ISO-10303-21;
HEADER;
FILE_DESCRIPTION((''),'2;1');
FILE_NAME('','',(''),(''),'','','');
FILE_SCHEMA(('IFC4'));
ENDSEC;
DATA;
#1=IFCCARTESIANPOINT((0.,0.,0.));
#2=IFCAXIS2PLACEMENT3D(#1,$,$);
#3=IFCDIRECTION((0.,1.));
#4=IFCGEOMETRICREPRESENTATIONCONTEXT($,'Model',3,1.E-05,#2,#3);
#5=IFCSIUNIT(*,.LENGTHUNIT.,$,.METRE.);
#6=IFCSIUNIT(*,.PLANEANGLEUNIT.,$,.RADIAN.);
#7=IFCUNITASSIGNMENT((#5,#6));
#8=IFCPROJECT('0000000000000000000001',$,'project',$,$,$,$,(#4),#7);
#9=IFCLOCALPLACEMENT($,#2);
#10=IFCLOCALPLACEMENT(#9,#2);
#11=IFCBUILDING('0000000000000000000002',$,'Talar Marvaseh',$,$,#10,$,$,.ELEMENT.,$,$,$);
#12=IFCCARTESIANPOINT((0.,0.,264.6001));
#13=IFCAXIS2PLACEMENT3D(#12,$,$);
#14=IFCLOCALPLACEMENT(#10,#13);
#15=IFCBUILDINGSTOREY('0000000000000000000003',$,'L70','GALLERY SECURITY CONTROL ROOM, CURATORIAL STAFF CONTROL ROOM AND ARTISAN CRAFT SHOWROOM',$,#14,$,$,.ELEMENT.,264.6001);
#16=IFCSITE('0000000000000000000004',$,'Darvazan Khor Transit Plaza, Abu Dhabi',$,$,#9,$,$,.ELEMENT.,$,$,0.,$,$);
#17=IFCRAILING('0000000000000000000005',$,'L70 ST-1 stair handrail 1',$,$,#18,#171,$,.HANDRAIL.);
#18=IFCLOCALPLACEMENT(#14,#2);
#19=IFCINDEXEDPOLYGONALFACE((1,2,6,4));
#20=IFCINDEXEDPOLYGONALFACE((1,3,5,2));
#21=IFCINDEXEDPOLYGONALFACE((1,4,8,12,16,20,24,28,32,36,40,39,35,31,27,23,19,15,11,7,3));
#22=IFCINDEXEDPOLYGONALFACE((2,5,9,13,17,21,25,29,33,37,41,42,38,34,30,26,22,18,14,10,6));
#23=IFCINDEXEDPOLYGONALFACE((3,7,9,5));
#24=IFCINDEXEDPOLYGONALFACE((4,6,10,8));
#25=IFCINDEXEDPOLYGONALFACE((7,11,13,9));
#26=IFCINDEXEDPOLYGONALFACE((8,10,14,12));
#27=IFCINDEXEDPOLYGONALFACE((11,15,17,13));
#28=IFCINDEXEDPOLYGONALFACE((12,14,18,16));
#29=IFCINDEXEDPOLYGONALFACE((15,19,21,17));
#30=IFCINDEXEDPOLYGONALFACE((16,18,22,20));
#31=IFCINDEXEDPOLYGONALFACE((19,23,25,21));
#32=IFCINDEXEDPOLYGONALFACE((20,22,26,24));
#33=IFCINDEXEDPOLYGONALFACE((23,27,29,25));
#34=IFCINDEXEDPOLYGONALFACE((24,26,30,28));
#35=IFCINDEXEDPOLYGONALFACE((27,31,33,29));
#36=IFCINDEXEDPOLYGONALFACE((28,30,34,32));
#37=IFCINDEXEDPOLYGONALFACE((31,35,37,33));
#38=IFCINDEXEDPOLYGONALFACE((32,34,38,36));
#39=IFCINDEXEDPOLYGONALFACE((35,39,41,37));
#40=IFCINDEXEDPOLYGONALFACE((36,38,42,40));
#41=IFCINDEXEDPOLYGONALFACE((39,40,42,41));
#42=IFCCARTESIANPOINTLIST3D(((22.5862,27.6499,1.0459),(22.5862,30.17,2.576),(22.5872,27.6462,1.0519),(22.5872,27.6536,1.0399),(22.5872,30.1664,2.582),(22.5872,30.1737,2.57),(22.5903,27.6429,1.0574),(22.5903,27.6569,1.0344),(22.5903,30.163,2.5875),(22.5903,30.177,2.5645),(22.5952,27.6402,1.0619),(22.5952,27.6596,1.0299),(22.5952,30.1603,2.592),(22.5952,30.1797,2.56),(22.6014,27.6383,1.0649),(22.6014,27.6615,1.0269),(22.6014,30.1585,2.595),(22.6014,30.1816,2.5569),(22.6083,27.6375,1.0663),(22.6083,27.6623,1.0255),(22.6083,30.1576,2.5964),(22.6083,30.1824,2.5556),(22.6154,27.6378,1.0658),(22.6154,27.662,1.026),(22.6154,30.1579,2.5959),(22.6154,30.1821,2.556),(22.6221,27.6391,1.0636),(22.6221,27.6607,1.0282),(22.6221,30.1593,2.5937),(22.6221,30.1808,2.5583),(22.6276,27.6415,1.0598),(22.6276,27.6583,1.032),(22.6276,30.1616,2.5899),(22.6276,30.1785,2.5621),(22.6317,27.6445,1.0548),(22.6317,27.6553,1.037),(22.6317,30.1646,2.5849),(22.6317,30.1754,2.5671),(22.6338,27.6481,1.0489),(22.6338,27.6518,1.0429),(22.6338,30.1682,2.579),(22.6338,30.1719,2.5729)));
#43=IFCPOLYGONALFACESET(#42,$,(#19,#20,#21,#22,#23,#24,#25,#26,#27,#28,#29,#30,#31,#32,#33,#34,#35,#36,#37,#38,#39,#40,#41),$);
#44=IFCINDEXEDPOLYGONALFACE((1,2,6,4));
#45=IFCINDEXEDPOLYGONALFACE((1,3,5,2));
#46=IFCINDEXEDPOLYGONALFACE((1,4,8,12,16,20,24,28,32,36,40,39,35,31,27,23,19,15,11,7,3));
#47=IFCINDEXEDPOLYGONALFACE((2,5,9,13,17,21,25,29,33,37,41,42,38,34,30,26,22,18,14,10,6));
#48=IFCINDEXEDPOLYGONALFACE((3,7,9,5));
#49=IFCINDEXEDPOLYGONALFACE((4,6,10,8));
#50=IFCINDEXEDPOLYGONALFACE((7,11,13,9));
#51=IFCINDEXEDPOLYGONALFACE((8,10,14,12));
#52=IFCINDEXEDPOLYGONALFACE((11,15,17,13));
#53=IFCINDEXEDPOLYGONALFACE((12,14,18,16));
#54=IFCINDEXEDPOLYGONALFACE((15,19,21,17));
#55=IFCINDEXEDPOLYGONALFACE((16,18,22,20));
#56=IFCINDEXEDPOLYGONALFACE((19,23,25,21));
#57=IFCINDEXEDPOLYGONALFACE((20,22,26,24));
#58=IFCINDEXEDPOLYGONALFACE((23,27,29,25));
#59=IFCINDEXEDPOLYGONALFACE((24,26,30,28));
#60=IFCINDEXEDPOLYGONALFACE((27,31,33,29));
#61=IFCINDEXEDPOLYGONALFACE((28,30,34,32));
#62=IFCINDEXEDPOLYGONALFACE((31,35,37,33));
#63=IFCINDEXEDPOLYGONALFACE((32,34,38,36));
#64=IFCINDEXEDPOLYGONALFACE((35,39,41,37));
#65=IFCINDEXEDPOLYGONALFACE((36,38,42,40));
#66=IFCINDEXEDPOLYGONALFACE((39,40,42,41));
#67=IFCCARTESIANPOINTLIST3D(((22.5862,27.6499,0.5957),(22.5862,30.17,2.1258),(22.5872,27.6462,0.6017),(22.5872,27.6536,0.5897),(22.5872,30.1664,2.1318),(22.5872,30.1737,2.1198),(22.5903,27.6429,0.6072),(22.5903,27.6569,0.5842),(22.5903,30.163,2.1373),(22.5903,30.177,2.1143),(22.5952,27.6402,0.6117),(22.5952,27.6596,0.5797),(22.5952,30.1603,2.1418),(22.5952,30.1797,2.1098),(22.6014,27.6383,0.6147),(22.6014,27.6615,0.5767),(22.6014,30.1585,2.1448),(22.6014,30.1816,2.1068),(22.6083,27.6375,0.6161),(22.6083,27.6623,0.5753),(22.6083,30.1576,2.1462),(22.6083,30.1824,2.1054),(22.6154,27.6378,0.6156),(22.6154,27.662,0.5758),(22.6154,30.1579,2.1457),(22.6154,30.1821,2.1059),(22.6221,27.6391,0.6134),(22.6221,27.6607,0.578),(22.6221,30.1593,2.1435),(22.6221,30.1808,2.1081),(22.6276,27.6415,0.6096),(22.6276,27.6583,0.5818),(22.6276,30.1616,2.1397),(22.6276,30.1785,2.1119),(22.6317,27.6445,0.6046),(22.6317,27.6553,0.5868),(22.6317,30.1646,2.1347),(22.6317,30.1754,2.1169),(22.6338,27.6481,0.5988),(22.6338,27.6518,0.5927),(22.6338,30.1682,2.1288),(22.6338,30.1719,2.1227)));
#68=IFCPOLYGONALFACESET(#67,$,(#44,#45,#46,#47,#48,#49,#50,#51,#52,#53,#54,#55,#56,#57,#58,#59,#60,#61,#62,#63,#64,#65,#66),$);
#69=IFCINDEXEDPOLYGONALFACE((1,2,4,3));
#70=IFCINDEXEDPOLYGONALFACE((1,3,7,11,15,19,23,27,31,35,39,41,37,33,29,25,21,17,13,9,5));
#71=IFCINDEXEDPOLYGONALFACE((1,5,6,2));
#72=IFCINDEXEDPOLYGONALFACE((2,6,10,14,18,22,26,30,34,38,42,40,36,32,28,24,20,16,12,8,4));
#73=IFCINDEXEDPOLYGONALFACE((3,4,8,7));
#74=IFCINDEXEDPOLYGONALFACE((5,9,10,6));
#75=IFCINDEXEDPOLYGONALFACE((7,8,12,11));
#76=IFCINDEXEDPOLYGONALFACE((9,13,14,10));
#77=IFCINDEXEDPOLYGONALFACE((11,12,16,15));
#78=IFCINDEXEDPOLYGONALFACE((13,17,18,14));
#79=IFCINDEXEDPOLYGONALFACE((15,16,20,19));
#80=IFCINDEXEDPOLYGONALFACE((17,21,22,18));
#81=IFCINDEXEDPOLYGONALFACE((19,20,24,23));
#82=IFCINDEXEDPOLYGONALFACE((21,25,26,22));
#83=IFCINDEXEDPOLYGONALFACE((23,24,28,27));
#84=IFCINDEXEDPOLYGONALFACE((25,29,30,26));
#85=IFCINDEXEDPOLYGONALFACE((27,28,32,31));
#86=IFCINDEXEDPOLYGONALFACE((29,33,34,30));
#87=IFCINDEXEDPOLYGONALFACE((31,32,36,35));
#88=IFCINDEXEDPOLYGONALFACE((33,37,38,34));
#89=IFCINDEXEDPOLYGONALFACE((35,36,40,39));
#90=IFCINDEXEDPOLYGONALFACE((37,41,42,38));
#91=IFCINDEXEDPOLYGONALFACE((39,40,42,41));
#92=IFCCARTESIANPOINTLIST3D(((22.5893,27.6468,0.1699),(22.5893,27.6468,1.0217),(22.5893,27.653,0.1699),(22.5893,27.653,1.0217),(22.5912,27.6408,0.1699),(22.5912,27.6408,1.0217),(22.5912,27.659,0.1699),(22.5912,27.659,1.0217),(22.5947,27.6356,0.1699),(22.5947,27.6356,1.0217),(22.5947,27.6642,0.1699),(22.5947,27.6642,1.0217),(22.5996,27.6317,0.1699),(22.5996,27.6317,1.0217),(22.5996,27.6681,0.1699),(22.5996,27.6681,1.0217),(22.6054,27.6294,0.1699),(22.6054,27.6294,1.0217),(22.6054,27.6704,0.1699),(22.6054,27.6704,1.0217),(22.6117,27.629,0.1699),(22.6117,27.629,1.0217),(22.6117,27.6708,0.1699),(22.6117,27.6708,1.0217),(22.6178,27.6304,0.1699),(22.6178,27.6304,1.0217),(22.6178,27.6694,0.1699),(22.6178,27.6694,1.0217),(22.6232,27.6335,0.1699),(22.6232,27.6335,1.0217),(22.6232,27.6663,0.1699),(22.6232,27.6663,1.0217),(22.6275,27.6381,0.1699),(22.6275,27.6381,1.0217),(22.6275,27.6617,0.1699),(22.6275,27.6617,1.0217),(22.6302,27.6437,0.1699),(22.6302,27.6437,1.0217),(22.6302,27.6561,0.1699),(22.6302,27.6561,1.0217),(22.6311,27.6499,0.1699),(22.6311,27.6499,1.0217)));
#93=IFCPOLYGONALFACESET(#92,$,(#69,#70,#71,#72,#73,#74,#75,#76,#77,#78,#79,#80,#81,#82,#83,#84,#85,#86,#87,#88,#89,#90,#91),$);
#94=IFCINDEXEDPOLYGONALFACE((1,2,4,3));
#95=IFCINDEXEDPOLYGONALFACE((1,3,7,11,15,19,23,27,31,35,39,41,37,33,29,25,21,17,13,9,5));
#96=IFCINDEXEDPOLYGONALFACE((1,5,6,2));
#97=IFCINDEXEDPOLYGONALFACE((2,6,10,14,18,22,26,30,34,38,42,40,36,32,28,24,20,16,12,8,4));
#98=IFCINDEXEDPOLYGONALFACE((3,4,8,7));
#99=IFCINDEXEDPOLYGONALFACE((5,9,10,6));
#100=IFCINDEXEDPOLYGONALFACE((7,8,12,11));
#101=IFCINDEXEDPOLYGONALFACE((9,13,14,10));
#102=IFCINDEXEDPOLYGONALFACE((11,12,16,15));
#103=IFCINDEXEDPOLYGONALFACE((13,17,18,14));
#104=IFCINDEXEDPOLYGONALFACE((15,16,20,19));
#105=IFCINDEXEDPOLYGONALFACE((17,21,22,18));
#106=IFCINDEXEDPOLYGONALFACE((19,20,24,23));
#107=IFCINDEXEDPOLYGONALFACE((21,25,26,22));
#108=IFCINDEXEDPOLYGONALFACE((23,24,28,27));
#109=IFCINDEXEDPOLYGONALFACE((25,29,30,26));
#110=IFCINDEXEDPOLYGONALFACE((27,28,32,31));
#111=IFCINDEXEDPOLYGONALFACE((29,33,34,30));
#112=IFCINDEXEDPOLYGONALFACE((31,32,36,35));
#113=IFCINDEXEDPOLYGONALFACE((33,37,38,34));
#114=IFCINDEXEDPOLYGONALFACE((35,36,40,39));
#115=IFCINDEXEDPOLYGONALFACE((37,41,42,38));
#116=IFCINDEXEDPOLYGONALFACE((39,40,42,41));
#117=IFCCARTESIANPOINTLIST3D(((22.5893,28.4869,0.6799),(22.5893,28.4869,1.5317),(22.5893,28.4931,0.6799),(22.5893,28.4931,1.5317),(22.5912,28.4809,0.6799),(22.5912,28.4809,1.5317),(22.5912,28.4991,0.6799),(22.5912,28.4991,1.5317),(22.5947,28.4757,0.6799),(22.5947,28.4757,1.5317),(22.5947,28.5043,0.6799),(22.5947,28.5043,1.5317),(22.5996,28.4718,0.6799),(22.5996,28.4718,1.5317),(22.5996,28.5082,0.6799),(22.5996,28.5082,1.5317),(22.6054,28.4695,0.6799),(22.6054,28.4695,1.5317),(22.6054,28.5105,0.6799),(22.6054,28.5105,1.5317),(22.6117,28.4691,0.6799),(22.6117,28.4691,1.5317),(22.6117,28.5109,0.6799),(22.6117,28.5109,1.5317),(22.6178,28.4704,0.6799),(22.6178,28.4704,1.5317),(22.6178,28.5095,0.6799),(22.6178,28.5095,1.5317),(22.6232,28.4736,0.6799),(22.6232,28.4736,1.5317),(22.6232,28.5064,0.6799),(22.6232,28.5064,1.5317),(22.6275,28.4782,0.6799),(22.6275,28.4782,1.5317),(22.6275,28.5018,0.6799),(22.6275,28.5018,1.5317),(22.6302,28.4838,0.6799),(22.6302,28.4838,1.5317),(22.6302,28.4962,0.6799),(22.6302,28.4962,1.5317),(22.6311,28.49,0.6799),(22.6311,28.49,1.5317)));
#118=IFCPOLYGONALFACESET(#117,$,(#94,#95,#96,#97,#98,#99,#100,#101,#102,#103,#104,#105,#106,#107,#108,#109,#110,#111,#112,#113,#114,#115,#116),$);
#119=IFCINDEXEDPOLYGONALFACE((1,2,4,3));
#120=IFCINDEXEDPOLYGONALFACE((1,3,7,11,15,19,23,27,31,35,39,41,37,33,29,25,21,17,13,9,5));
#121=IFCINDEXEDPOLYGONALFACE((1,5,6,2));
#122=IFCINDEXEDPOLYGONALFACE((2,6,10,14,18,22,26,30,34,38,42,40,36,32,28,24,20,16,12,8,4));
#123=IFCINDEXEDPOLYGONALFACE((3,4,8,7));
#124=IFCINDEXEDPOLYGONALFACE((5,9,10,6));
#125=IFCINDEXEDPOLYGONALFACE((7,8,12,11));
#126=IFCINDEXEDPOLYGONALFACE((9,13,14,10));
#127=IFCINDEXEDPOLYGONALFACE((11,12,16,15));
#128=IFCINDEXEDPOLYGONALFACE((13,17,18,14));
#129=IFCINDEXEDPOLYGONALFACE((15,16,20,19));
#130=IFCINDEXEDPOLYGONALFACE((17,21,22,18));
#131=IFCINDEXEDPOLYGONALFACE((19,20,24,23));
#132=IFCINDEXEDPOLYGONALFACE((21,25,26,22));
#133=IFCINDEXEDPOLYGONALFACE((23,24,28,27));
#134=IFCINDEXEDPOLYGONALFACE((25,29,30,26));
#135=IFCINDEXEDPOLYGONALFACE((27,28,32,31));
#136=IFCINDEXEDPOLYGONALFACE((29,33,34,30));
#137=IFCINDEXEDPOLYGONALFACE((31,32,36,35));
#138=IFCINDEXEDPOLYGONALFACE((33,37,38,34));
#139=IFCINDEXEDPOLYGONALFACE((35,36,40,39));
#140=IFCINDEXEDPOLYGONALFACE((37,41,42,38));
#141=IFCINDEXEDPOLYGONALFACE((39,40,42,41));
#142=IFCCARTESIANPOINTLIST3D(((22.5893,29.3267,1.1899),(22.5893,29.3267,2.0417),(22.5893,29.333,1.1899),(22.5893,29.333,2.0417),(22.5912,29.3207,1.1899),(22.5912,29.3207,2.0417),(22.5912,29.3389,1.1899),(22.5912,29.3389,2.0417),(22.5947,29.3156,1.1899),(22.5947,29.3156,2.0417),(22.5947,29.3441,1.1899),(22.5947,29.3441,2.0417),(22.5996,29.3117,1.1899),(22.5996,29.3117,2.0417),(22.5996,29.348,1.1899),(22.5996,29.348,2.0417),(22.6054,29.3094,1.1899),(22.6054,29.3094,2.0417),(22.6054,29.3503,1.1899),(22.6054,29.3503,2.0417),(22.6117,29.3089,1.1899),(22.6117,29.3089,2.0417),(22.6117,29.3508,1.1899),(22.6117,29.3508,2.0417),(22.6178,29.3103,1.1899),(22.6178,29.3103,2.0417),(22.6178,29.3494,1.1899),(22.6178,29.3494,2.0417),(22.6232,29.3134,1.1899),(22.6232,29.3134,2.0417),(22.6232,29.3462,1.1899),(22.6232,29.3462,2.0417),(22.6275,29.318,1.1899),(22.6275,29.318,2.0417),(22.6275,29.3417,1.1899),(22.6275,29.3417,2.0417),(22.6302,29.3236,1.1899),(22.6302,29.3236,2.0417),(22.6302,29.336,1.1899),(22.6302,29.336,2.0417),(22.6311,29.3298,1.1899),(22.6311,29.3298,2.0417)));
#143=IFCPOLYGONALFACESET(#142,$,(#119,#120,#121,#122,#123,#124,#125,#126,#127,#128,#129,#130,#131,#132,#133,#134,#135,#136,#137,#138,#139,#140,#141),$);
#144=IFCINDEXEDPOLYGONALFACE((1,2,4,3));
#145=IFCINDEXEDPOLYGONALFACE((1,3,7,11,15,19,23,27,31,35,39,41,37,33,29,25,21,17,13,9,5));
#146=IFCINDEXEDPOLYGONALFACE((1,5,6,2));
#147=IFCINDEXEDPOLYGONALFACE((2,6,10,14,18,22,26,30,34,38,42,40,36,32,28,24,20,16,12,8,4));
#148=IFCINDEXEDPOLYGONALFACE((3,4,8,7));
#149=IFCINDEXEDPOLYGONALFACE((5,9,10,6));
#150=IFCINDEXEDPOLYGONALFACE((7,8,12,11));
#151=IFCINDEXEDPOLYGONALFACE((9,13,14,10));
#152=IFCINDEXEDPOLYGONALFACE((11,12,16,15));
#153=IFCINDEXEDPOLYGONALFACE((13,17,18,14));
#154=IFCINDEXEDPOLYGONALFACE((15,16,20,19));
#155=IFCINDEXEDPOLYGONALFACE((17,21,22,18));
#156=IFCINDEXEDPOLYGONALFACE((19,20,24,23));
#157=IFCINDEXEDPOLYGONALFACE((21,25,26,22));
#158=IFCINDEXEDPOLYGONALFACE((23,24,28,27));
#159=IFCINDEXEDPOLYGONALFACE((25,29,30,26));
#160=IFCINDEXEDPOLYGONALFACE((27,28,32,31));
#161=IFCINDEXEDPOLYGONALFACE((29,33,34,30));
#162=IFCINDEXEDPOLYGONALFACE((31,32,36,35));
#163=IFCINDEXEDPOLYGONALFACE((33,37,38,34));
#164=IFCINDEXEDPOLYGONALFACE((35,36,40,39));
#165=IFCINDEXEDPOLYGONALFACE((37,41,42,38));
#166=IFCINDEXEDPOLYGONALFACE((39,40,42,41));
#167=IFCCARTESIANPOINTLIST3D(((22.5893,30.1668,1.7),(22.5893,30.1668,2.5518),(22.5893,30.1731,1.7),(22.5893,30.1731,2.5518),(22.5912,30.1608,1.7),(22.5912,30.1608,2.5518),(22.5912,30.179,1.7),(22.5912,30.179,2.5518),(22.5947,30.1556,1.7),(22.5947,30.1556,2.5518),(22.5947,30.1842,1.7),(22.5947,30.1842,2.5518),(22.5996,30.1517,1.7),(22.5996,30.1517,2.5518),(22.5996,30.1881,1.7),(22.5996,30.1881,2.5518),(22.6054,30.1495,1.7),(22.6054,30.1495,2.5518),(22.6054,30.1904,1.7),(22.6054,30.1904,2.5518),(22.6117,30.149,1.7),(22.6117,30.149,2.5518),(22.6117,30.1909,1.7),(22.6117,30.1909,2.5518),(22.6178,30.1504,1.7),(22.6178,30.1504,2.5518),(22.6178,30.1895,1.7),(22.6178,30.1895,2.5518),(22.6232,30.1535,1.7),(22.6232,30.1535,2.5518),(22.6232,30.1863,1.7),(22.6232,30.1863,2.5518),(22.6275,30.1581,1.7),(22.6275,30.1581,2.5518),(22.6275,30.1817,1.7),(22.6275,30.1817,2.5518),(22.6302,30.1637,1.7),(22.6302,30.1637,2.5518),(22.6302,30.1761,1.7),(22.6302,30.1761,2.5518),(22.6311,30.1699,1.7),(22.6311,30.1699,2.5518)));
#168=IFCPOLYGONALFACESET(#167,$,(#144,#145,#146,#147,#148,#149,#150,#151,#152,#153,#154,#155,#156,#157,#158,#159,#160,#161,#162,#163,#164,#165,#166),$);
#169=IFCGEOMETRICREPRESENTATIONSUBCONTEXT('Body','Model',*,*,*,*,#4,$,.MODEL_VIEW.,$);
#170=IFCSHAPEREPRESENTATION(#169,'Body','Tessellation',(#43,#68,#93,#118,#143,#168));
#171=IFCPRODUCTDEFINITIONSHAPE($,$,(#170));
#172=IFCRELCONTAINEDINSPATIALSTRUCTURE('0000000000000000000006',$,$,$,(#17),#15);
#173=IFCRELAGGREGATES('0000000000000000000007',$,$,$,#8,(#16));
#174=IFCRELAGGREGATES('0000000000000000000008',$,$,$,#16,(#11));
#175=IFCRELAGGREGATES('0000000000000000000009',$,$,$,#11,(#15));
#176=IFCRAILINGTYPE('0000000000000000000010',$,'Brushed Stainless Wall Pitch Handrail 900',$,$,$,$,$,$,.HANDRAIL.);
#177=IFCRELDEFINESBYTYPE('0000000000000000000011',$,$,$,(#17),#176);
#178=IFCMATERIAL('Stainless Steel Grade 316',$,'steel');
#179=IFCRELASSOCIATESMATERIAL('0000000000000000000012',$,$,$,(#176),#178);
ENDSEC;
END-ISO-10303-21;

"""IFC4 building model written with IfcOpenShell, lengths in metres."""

from ifc_helpers import new_model, si_unit, direction, frame, origin, origin_2d, place, context, subcontext, project, spatial, circle, extrude, material, type_object, element, save


model = new_model("IFC4")

# Units and contexts
model_context = context("Model", 3, precision=1e-05, world=origin(), true_north=direction((0.0, 1.0)))
body_context = subcontext(model_context, "Body", "Model", "MODEL_VIEW")
ifc_project = project(units=[si_unit("LENGTHUNIT", "METRE"), si_unit("PLANEANGLEUNIT", "RADIAN")], contexts=[model_context])

# Site, building, storey
site_placement = place(None, origin())
site = spatial("IfcSite", under=ifc_project, at=site_placement, Name="Darvazan Khor Transit Plaza, Abu Dhabi", CompositionType="ELEMENT", RefElevation=0.0)
building_placement = place(site_placement, origin())
building = spatial("IfcBuilding", under=site, at=building_placement, Name="Talar Marvaseh", CompositionType="ELEMENT")
storey_placement = place(building_placement, frame((0.0, 0.0, 264.6001)))
storey = spatial("IfcBuildingStorey", under=building, at=storey_placement, Name="L70", Description="GALLERY SECURITY CONTROL ROOM, CURATORIAL STAFF CONTROL ROOM AND ARTISAN CRAFT SHOWROOM", CompositionType="ELEMENT", Elevation=264.6001)

# Railing
ifc_material_1 = material(Name="Stainless Steel Grade 316", Category="steel")
railing_type_1 = type_object("IfcRailingType", Name="Brushed Stainless Wall Pitch Handrail 900", PredefinedType="HANDRAIL", material=ifc_material_1)
railing_1_placement = place(storey_placement, frame((22.6101, 27.6499, 0.1699)))
element("IfcRailing", 1, at=railing_1_placement, inside=storey, type_object=railing_type_1, Name="L70 ST-1 stair handrail 1", PredefinedType="HANDRAIL", context=body_context, shape_type="SweptSolid", body=[
    extrude(circle(Radius=0.0239, at=origin_2d()), frame((0.0, 0.0, 0.876), z_axis=(0.0, 0.854785, 0.518982), x_axis=(-1.0, 0.0, 0.0)), (0.0, 0.0, 1.0), 2.9482),
    extrude(circle(Radius=0.0239, at=origin_2d()), frame((0.0, 0.0, 0.4258), z_axis=(0.0, 0.854785, 0.518982), x_axis=(-1.0, 0.0, 0.0)), (0.0, 0.0, 1.0), 2.9482),
    extrude(circle(Radius=0.021, at=origin_2d()), origin(), (0.0, 0.0, 1.0), 0.8518),
    extrude(circle(Radius=0.021, at=origin_2d()), frame((0.0, 0.8401, 0.51)), (0.0, 0.0, 1.0), 0.8518),
    extrude(circle(Radius=0.021, at=origin_2d()), frame((0.0, 1.6799, 1.02)), (0.0, 0.0, 1.0), 0.8518),
    extrude(circle(Radius=0.021, at=origin_2d()), frame((0.0, 2.52, 1.53)), (0.0, 0.0, 1.0), 0.8518),
])

save(model, "model.ifc")
